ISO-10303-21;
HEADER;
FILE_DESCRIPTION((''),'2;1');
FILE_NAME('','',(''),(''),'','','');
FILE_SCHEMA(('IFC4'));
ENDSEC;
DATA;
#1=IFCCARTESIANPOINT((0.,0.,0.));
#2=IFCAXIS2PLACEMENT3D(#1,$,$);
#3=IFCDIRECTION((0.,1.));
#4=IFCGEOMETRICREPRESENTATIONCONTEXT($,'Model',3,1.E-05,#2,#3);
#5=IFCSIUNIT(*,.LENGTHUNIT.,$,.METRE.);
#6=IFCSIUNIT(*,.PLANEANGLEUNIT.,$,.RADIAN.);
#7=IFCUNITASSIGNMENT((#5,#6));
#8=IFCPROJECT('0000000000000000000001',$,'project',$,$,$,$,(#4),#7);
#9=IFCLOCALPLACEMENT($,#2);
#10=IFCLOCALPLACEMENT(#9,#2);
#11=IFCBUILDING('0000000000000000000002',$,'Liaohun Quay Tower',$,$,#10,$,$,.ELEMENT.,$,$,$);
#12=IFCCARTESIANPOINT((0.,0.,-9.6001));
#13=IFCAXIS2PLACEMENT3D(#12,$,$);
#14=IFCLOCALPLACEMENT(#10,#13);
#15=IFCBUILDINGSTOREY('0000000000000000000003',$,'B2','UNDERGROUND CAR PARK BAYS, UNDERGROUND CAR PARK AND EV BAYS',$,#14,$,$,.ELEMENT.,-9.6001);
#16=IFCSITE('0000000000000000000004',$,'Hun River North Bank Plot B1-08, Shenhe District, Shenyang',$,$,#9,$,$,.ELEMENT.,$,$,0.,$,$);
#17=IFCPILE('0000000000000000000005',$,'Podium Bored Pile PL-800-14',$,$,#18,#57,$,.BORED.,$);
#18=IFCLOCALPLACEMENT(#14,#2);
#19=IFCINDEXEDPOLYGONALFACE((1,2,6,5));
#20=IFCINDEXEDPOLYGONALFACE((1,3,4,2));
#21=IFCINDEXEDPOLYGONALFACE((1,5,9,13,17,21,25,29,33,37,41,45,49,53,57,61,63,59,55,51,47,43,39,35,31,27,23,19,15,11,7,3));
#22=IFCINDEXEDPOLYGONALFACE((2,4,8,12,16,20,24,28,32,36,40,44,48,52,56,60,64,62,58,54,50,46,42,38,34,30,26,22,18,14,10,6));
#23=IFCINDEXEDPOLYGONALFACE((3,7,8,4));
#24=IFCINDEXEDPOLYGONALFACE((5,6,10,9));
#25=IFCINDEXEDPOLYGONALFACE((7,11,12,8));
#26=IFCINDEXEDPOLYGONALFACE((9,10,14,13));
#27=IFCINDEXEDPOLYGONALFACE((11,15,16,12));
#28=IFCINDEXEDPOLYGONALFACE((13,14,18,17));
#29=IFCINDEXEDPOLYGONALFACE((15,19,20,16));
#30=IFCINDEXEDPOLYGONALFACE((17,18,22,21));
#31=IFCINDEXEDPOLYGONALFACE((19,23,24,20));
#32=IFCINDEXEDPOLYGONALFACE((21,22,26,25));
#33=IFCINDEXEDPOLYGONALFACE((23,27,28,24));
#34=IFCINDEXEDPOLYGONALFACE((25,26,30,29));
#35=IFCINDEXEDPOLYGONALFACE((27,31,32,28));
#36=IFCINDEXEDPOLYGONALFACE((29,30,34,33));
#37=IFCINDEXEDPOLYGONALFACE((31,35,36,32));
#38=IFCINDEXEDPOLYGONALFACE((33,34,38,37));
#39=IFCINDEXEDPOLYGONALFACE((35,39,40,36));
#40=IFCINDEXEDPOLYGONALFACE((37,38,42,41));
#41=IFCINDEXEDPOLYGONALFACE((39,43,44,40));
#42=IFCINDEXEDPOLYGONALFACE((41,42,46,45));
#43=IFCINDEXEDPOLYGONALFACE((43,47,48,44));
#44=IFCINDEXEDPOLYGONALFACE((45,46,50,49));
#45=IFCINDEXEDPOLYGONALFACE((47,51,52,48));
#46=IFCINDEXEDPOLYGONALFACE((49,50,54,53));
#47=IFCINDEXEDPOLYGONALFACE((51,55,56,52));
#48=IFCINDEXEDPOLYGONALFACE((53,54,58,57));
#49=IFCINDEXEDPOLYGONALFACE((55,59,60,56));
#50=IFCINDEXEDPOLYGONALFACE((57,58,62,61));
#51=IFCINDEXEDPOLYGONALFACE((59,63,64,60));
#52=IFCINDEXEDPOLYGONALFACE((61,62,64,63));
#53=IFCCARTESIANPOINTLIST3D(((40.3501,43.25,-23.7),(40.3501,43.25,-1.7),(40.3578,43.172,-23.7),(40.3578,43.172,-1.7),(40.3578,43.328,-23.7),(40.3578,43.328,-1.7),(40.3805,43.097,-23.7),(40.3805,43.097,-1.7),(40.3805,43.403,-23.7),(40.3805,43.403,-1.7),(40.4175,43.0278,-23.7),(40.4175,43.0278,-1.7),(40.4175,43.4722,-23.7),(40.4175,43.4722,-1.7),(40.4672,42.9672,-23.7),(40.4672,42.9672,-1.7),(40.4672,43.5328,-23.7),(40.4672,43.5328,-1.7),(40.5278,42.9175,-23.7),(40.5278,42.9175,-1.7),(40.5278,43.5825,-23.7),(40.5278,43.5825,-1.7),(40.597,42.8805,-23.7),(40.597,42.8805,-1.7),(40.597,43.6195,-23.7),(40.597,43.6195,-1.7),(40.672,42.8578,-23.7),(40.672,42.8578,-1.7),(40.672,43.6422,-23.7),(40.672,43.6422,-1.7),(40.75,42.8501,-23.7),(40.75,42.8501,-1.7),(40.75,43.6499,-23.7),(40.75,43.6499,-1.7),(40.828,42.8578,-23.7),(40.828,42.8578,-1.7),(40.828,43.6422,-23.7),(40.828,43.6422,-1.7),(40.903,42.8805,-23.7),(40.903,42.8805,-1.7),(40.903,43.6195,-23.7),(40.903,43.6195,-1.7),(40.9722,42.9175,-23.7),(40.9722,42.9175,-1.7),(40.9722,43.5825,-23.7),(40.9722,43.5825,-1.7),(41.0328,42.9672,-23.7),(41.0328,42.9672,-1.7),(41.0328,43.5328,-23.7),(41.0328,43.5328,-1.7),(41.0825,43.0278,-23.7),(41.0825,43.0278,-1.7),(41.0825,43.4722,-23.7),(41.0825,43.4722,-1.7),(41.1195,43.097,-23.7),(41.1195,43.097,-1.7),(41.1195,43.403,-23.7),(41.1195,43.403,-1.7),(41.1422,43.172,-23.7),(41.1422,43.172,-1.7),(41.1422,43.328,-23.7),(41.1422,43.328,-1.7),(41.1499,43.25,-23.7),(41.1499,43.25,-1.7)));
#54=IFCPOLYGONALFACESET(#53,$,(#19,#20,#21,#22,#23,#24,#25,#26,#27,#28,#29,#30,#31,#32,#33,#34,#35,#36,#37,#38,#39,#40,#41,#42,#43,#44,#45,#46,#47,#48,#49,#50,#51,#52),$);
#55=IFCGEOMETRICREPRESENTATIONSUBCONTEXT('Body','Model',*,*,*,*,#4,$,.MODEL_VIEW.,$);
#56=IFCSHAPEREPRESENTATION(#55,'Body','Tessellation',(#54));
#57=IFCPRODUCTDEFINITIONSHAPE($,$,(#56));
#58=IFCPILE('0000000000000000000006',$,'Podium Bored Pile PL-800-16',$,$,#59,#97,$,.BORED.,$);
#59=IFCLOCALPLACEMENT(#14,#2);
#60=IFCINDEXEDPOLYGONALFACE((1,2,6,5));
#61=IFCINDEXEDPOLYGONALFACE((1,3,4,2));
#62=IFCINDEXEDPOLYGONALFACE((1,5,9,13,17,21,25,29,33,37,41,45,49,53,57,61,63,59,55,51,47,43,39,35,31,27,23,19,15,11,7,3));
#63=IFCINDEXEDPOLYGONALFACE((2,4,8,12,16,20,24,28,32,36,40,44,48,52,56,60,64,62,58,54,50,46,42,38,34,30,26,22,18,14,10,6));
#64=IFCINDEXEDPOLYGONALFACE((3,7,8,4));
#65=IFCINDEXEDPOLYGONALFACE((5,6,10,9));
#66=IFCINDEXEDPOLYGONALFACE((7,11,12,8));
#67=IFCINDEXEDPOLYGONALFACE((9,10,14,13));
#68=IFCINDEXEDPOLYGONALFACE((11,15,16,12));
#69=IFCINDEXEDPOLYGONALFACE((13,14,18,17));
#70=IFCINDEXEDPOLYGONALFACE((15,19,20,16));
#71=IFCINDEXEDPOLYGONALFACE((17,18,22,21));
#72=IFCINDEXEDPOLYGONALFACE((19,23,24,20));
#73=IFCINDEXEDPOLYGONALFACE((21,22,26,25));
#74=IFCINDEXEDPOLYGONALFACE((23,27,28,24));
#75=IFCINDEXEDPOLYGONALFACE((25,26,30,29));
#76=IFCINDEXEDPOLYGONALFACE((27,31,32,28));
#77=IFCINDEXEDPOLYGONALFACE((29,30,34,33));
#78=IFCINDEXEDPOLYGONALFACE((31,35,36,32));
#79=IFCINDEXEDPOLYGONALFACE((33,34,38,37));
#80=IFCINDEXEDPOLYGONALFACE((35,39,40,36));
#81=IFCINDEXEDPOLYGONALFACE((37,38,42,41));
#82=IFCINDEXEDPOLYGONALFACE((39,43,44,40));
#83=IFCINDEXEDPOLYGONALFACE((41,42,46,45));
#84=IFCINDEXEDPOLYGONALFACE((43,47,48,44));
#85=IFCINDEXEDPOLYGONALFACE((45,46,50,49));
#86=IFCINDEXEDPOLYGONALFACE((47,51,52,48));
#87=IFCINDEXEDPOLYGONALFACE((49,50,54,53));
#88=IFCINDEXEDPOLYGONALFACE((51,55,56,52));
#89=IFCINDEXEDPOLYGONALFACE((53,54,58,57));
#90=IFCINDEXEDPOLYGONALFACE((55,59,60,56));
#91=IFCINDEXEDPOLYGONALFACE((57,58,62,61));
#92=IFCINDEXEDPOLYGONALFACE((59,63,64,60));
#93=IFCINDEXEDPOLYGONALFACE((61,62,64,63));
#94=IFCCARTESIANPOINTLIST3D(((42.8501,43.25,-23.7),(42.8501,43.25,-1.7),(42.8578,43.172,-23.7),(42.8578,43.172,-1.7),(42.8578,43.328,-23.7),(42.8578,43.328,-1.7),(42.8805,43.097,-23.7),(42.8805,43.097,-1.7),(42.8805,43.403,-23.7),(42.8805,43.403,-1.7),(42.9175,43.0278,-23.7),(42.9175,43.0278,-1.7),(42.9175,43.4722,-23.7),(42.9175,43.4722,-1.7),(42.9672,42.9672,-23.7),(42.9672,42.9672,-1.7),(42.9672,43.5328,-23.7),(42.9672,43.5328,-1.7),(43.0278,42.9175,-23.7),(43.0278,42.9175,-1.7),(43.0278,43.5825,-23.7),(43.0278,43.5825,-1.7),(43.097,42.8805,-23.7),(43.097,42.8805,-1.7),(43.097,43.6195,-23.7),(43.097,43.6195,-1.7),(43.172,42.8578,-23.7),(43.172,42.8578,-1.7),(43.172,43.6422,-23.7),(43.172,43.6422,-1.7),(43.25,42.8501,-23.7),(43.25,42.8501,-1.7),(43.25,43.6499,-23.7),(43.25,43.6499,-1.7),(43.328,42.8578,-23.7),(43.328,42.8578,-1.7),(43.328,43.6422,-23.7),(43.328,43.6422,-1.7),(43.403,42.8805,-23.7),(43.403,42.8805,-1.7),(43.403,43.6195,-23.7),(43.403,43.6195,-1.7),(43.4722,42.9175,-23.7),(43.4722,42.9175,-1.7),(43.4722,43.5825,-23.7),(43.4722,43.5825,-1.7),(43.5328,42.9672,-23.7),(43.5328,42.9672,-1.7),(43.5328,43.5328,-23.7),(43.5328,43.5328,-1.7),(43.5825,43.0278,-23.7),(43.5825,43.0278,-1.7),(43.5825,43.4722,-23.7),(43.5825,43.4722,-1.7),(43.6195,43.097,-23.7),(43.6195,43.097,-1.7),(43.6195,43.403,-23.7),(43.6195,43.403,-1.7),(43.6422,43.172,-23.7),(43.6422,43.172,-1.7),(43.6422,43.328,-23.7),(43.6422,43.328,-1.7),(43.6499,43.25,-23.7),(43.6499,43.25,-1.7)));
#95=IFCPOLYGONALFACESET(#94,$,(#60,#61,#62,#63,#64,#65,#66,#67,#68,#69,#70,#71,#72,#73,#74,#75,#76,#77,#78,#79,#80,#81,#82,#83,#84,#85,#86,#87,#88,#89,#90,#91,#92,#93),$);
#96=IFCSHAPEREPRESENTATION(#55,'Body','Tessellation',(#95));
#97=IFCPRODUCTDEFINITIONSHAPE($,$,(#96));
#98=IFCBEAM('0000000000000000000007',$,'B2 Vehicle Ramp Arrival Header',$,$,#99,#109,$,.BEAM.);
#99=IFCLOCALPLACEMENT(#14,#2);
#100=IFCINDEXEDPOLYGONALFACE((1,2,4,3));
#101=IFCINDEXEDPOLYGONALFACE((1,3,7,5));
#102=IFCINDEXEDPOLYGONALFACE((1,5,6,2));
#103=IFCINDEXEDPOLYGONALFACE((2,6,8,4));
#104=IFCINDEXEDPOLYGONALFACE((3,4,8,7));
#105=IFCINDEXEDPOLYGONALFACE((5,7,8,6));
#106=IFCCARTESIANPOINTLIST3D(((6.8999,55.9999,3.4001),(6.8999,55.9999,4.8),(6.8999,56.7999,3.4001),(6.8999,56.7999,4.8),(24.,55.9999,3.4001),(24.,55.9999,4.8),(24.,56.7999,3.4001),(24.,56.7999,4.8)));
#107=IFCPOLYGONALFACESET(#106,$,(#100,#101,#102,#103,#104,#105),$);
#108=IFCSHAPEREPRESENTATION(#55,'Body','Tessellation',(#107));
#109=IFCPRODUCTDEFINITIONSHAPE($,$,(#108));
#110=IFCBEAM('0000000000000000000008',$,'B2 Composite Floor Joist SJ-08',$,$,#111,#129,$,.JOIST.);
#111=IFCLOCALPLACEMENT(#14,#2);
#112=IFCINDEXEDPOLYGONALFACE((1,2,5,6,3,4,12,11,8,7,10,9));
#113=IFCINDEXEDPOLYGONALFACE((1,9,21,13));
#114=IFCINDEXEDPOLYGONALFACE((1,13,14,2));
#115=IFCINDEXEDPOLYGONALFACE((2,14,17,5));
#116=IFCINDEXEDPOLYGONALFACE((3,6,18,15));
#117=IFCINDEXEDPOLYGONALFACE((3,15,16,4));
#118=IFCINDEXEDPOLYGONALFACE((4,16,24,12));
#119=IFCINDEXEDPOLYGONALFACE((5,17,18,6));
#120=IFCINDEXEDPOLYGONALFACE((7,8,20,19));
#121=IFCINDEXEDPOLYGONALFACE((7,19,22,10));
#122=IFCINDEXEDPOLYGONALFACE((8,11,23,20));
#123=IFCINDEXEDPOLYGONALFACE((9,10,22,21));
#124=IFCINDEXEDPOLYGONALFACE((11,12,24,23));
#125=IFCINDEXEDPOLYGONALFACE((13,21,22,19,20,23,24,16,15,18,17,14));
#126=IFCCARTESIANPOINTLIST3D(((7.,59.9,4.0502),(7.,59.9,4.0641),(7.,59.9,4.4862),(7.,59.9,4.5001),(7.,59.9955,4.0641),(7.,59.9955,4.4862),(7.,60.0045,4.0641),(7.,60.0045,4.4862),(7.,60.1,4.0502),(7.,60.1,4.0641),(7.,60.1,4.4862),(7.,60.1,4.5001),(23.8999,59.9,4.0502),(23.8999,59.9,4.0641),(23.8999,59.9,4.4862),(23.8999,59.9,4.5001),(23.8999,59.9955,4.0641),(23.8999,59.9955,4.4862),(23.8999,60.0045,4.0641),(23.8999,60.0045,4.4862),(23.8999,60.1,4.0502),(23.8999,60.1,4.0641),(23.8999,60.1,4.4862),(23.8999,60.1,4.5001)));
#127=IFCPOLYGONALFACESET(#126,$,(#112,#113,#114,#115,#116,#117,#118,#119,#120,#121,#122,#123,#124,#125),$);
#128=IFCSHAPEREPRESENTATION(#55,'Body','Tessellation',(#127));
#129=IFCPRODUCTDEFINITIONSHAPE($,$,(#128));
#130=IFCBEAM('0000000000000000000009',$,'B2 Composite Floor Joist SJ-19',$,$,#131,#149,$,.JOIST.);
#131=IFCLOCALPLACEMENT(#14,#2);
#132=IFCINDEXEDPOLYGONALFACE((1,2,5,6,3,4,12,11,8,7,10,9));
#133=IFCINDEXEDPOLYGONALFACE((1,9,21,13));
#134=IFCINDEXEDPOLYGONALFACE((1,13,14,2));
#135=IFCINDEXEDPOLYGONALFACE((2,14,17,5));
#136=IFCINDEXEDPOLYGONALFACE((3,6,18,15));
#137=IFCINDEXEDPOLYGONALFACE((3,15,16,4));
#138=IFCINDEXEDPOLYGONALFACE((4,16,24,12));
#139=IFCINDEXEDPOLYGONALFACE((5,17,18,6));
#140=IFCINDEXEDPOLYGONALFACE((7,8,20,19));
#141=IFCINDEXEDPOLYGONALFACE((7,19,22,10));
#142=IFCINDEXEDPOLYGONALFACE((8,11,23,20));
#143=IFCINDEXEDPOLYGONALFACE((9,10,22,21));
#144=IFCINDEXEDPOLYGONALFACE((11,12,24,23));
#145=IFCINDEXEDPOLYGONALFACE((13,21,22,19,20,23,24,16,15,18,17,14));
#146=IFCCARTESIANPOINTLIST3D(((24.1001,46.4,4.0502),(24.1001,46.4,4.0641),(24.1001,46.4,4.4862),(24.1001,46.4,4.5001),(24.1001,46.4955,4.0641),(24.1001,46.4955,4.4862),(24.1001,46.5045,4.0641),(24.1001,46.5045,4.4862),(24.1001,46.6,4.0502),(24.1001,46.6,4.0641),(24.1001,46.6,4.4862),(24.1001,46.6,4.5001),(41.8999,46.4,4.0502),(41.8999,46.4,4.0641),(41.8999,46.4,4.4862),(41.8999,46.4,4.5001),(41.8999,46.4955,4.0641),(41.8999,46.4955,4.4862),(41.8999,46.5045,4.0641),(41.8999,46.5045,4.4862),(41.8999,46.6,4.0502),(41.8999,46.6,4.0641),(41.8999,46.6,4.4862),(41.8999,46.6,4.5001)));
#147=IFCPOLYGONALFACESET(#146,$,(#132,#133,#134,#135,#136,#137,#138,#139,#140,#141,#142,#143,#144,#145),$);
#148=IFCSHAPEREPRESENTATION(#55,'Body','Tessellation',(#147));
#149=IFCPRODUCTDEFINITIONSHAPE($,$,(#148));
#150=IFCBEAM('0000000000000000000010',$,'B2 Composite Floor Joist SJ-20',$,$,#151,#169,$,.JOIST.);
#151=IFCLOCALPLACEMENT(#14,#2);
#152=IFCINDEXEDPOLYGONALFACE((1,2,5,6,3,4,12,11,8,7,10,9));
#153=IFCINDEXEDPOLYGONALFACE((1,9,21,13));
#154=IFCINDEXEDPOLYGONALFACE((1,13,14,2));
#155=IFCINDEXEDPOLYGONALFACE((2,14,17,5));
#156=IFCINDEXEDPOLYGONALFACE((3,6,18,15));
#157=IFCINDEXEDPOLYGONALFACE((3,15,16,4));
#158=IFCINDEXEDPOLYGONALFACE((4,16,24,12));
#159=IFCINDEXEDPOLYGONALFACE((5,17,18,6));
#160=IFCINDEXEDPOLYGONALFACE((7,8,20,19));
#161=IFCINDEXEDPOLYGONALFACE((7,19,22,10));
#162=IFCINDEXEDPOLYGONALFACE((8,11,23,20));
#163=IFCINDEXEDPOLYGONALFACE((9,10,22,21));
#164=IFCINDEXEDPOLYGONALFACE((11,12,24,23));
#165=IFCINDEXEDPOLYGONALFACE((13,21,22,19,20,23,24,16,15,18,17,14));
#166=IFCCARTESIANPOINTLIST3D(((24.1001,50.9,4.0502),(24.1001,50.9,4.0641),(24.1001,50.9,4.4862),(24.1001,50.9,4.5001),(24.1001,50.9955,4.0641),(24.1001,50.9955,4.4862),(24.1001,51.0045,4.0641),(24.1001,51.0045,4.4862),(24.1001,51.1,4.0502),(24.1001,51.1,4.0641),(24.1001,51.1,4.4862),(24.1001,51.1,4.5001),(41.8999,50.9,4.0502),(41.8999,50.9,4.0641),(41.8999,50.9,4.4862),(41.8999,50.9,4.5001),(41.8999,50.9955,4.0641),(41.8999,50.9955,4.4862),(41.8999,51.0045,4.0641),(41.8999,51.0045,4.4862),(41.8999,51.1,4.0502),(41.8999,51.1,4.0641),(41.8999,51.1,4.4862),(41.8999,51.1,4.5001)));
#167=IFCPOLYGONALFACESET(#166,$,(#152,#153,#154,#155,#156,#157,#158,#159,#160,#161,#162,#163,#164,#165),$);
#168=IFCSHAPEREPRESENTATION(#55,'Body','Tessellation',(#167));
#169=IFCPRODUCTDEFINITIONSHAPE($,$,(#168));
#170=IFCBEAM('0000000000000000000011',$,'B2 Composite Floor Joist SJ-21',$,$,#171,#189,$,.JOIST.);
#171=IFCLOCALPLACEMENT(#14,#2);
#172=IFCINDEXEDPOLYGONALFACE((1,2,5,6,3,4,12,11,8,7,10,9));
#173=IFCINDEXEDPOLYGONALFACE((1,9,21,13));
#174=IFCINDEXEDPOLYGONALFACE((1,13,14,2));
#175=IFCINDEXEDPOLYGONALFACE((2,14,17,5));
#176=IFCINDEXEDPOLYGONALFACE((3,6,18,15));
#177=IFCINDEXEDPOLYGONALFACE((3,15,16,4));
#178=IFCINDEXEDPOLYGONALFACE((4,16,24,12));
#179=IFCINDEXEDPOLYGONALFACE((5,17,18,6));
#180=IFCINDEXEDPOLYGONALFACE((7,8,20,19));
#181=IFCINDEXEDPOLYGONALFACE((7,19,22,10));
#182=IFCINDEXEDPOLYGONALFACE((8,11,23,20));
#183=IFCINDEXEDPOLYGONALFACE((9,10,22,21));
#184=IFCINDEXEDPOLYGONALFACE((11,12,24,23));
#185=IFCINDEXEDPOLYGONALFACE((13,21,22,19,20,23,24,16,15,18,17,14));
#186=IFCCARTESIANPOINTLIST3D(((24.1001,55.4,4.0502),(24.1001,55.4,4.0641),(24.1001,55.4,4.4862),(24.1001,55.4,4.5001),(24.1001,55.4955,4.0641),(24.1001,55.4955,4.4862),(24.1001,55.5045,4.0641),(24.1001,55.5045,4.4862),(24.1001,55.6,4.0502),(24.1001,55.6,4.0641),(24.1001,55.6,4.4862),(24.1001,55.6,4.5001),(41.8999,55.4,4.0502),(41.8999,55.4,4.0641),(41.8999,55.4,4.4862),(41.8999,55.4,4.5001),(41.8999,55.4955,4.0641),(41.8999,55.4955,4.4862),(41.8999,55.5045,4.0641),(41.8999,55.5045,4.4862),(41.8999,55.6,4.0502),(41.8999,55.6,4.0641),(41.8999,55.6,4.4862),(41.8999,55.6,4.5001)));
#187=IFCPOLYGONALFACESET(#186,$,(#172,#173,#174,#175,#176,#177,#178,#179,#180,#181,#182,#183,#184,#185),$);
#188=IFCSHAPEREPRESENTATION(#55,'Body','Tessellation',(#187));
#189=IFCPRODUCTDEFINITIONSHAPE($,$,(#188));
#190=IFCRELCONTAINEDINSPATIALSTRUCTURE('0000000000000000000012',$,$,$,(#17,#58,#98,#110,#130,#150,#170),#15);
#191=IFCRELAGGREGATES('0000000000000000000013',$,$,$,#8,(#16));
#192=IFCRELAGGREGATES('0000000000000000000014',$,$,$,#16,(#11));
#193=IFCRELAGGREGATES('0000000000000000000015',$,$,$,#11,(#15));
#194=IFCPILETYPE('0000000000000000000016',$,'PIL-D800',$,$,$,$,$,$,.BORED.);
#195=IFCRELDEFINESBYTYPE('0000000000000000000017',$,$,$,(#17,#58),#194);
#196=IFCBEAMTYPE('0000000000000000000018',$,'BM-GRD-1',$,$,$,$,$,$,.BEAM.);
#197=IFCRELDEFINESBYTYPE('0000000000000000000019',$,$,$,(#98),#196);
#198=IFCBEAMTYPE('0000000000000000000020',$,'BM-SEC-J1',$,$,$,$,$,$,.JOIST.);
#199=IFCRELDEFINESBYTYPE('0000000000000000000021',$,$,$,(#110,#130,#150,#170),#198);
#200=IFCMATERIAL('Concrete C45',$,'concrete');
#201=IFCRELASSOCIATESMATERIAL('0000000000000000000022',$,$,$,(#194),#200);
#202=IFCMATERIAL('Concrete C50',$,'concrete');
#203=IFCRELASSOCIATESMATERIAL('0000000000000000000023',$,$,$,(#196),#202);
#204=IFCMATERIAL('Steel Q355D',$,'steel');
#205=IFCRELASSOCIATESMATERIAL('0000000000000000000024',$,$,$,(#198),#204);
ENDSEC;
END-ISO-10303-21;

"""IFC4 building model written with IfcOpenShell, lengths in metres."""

from ifc_helpers import new_model, si_unit, direction, frame, origin, origin_2d, place, context, subcontext, project, spatial, rectangle, circle, i_section, extrude, source, transform, mapped, material, material_profile, profile_set, type_object, element, save


model = new_model("IFC4")

# Units and contexts
model_context = context("Model", 3, precision=1e-05, world=origin(), true_north=direction((0.0, 1.0)))
body_context = subcontext(model_context, "Body", "Model", "MODEL_VIEW")
ifc_project = project(units=[si_unit("LENGTHUNIT", "METRE"), si_unit("PLANEANGLEUNIT", "RADIAN")], contexts=[model_context])

# Site, building, storey
site_placement = place(None, origin())
site = spatial("IfcSite", under=ifc_project, at=site_placement, Name="Hun River North Bank Plot B1-08, Shenhe District, Shenyang", CompositionType="ELEMENT", RefElevation=0.0)
building_placement = place(site_placement, origin())
building = spatial("IfcBuilding", under=site, at=building_placement, Name="Liaohun Quay Tower", CompositionType="ELEMENT")
storey_placement = place(building_placement, frame((0.0, 0.0, -9.6001)))
storey = spatial("IfcBuildingStorey", under=building, at=storey_placement, Name="B2", Description="UNDERGROUND CAR PARK BAYS, UNDERGROUND CAR PARK AND EV BAYS", CompositionType="ELEMENT", Elevation=-9.6001)

# Piles
ifc_material_1 = material(Name="Concrete C45", Category="concrete")
ifc_material_profile_1 = material_profile(ifc_material_1, circle(Radius=0.3999, at=origin_2d()), Name="PILE-D800")
ifc_profile_set_1 = profile_set([ifc_material_profile_1], Name="Concrete C45")
pile_type = type_object("IfcPileType", Name="PIL-D800", PredefinedType="BORED", material=ifc_profile_set_1)
shared_shape_1 = source(origin(), body_context, "Body", "SweptSolid", [
    extrude(circle(Radius=0.3999, at=origin_2d()), origin(), (0.0, 0.0, 1.0), 22.0),
])
for number, where, z_axis, x_axis, name in (
    (1, (40.75, 43.25, -1.7), (0.0, 0.0, -1.0), (1.0, 0.0, 0.0), "Podium Bored Pile PL-800-14"),
    (2, (43.25, 43.25, -1.7), (0.0, 0.0, -1.0), (1.0, 0.0, 0.0), "Podium Bored Pile PL-800-16"),
):
    element("IfcPile", number, at=place(storey_placement, frame(where, z_axis=z_axis, x_axis=x_axis)), inside=storey, type_object=pile_type, Name=name, PredefinedType="BORED", context=body_context, shape_type="MappedRepresentation", body=[
        mapped(shared_shape_1, transform((0.0, 0.0, 0.0), x_axis=(1.0, 0.0, 0.0), y_axis=(0.0, 1.0, 0.0), z_axis=(0.0, 0.0, 1.0), scale=1.0)),
    ])

# Beams
ifc_material_2 = material(Name="Concrete C50", Category="concrete")
ifc_material_profile_2 = material_profile(ifc_material_2, rectangle(XDim=0.8, YDim=1.3999, at=origin_2d()), Name="RC800x1400")
ifc_profile_set_2 = profile_set([ifc_material_profile_2], Name="Concrete C50")
beam_type_1 = type_object("IfcBeamType", Name="BM-GRD-1", PredefinedType="BEAM", material=ifc_profile_set_2)
shared_shape_2 = source(origin(), body_context, "Body", "SweptSolid", [
    extrude(rectangle(XDim=0.8, YDim=1.3999, at=origin_2d()), origin(), (0.0, 0.0, 1.0), 17.1001),
])
beam_1_placement = place(storey_placement, frame((6.8999, 56.3999, 4.1001), z_axis=(1.0, 0.0, 0.0), x_axis=(0.0, 1.0, 0.0)))
element("IfcBeam", 3, at=beam_1_placement, inside=storey, type_object=beam_type_1, Name="B2 Vehicle Ramp Arrival Header", PredefinedType="BEAM", context=body_context, shape_type="MappedRepresentation", body=[
    mapped(shared_shape_2, transform((0.0, 0.0, 0.0), x_axis=(1.0, 0.0, 0.0), y_axis=(0.0, 1.0, 0.0), z_axis=(0.0, 0.0, 1.0), scale=1.0)),
])
ifc_material_3 = material(Name="Steel Q355D", Category="steel")
ifc_material_profile_3 = material_profile(ifc_material_3, i_section(OverallWidth=0.2, OverallDepth=0.45, WebThickness=0.009, FlangeThickness=0.0139, at=origin_2d()), Name="HN450x200x9x14")
ifc_profile_set_3 = profile_set([ifc_material_profile_3], Name="Steel Q355D")
beam_type_2 = type_object("IfcBeamType", Name="BM-SEC-J1", PredefinedType="JOIST", material=ifc_profile_set_3)
shared_shape_3 = source(origin(), body_context, "Body", "SweptSolid", [
    extrude(i_section(OverallWidth=0.2, OverallDepth=0.45, WebThickness=0.009, FlangeThickness=0.0139, at=origin_2d()), origin(), (0.0, 0.0, 1.0), 16.8999),
])
beam_2_placement = place(storey_placement, frame((7.0, 60.0, 4.2751), z_axis=(1.0, 0.0, 0.0), x_axis=(0.0, 1.0, 0.0)))
element("IfcBeam", 4, at=beam_2_placement, inside=storey, type_object=beam_type_2, Name="B2 Composite Floor Joist SJ-08", PredefinedType="JOIST", context=body_context, shape_type="MappedRepresentation", body=[
    mapped(shared_shape_3, transform((0.0, 0.0, 0.0), x_axis=(1.0, 0.0, 0.0), y_axis=(0.0, 1.0, 0.0), z_axis=(0.0, 0.0, 1.0), scale=1.0)),
])
shared_shape_4 = source(origin(), body_context, "Body", "SweptSolid", [
    extrude(i_section(OverallWidth=0.2, OverallDepth=0.45, WebThickness=0.009, FlangeThickness=0.0139, at=origin_2d()), origin(), (0.0, 0.0, 1.0), 17.7998),
])
for number, where, z_axis, x_axis, name in (
    (5, (24.1001, 46.5, 4.2751), (1.0, 0.0, 0.0), (0.0, 1.0, 0.0), "B2 Composite Floor Joist SJ-19"),
    (6, (24.1001, 51.0, 4.2751), (1.0, 0.0, 0.0), (0.0, 1.0, 0.0), "B2 Composite Floor Joist SJ-20"),
    (7, (24.1001, 55.5, 4.2751), (1.0, 0.0, 0.0), (0.0, 1.0, 0.0), "B2 Composite Floor Joist SJ-21"),
):
    element("IfcBeam", number, at=place(storey_placement, frame(where, z_axis=z_axis, x_axis=x_axis)), inside=storey, type_object=beam_type_2, Name=name, PredefinedType="JOIST", context=body_context, shape_type="MappedRepresentation", body=[
        mapped(shared_shape_4, transform((0.0, 0.0, 0.0), x_axis=(1.0, 0.0, 0.0), y_axis=(0.0, 1.0, 0.0), z_axis=(0.0, 0.0, 1.0), scale=1.0)),
    ])

save(model, "model.ifc")
